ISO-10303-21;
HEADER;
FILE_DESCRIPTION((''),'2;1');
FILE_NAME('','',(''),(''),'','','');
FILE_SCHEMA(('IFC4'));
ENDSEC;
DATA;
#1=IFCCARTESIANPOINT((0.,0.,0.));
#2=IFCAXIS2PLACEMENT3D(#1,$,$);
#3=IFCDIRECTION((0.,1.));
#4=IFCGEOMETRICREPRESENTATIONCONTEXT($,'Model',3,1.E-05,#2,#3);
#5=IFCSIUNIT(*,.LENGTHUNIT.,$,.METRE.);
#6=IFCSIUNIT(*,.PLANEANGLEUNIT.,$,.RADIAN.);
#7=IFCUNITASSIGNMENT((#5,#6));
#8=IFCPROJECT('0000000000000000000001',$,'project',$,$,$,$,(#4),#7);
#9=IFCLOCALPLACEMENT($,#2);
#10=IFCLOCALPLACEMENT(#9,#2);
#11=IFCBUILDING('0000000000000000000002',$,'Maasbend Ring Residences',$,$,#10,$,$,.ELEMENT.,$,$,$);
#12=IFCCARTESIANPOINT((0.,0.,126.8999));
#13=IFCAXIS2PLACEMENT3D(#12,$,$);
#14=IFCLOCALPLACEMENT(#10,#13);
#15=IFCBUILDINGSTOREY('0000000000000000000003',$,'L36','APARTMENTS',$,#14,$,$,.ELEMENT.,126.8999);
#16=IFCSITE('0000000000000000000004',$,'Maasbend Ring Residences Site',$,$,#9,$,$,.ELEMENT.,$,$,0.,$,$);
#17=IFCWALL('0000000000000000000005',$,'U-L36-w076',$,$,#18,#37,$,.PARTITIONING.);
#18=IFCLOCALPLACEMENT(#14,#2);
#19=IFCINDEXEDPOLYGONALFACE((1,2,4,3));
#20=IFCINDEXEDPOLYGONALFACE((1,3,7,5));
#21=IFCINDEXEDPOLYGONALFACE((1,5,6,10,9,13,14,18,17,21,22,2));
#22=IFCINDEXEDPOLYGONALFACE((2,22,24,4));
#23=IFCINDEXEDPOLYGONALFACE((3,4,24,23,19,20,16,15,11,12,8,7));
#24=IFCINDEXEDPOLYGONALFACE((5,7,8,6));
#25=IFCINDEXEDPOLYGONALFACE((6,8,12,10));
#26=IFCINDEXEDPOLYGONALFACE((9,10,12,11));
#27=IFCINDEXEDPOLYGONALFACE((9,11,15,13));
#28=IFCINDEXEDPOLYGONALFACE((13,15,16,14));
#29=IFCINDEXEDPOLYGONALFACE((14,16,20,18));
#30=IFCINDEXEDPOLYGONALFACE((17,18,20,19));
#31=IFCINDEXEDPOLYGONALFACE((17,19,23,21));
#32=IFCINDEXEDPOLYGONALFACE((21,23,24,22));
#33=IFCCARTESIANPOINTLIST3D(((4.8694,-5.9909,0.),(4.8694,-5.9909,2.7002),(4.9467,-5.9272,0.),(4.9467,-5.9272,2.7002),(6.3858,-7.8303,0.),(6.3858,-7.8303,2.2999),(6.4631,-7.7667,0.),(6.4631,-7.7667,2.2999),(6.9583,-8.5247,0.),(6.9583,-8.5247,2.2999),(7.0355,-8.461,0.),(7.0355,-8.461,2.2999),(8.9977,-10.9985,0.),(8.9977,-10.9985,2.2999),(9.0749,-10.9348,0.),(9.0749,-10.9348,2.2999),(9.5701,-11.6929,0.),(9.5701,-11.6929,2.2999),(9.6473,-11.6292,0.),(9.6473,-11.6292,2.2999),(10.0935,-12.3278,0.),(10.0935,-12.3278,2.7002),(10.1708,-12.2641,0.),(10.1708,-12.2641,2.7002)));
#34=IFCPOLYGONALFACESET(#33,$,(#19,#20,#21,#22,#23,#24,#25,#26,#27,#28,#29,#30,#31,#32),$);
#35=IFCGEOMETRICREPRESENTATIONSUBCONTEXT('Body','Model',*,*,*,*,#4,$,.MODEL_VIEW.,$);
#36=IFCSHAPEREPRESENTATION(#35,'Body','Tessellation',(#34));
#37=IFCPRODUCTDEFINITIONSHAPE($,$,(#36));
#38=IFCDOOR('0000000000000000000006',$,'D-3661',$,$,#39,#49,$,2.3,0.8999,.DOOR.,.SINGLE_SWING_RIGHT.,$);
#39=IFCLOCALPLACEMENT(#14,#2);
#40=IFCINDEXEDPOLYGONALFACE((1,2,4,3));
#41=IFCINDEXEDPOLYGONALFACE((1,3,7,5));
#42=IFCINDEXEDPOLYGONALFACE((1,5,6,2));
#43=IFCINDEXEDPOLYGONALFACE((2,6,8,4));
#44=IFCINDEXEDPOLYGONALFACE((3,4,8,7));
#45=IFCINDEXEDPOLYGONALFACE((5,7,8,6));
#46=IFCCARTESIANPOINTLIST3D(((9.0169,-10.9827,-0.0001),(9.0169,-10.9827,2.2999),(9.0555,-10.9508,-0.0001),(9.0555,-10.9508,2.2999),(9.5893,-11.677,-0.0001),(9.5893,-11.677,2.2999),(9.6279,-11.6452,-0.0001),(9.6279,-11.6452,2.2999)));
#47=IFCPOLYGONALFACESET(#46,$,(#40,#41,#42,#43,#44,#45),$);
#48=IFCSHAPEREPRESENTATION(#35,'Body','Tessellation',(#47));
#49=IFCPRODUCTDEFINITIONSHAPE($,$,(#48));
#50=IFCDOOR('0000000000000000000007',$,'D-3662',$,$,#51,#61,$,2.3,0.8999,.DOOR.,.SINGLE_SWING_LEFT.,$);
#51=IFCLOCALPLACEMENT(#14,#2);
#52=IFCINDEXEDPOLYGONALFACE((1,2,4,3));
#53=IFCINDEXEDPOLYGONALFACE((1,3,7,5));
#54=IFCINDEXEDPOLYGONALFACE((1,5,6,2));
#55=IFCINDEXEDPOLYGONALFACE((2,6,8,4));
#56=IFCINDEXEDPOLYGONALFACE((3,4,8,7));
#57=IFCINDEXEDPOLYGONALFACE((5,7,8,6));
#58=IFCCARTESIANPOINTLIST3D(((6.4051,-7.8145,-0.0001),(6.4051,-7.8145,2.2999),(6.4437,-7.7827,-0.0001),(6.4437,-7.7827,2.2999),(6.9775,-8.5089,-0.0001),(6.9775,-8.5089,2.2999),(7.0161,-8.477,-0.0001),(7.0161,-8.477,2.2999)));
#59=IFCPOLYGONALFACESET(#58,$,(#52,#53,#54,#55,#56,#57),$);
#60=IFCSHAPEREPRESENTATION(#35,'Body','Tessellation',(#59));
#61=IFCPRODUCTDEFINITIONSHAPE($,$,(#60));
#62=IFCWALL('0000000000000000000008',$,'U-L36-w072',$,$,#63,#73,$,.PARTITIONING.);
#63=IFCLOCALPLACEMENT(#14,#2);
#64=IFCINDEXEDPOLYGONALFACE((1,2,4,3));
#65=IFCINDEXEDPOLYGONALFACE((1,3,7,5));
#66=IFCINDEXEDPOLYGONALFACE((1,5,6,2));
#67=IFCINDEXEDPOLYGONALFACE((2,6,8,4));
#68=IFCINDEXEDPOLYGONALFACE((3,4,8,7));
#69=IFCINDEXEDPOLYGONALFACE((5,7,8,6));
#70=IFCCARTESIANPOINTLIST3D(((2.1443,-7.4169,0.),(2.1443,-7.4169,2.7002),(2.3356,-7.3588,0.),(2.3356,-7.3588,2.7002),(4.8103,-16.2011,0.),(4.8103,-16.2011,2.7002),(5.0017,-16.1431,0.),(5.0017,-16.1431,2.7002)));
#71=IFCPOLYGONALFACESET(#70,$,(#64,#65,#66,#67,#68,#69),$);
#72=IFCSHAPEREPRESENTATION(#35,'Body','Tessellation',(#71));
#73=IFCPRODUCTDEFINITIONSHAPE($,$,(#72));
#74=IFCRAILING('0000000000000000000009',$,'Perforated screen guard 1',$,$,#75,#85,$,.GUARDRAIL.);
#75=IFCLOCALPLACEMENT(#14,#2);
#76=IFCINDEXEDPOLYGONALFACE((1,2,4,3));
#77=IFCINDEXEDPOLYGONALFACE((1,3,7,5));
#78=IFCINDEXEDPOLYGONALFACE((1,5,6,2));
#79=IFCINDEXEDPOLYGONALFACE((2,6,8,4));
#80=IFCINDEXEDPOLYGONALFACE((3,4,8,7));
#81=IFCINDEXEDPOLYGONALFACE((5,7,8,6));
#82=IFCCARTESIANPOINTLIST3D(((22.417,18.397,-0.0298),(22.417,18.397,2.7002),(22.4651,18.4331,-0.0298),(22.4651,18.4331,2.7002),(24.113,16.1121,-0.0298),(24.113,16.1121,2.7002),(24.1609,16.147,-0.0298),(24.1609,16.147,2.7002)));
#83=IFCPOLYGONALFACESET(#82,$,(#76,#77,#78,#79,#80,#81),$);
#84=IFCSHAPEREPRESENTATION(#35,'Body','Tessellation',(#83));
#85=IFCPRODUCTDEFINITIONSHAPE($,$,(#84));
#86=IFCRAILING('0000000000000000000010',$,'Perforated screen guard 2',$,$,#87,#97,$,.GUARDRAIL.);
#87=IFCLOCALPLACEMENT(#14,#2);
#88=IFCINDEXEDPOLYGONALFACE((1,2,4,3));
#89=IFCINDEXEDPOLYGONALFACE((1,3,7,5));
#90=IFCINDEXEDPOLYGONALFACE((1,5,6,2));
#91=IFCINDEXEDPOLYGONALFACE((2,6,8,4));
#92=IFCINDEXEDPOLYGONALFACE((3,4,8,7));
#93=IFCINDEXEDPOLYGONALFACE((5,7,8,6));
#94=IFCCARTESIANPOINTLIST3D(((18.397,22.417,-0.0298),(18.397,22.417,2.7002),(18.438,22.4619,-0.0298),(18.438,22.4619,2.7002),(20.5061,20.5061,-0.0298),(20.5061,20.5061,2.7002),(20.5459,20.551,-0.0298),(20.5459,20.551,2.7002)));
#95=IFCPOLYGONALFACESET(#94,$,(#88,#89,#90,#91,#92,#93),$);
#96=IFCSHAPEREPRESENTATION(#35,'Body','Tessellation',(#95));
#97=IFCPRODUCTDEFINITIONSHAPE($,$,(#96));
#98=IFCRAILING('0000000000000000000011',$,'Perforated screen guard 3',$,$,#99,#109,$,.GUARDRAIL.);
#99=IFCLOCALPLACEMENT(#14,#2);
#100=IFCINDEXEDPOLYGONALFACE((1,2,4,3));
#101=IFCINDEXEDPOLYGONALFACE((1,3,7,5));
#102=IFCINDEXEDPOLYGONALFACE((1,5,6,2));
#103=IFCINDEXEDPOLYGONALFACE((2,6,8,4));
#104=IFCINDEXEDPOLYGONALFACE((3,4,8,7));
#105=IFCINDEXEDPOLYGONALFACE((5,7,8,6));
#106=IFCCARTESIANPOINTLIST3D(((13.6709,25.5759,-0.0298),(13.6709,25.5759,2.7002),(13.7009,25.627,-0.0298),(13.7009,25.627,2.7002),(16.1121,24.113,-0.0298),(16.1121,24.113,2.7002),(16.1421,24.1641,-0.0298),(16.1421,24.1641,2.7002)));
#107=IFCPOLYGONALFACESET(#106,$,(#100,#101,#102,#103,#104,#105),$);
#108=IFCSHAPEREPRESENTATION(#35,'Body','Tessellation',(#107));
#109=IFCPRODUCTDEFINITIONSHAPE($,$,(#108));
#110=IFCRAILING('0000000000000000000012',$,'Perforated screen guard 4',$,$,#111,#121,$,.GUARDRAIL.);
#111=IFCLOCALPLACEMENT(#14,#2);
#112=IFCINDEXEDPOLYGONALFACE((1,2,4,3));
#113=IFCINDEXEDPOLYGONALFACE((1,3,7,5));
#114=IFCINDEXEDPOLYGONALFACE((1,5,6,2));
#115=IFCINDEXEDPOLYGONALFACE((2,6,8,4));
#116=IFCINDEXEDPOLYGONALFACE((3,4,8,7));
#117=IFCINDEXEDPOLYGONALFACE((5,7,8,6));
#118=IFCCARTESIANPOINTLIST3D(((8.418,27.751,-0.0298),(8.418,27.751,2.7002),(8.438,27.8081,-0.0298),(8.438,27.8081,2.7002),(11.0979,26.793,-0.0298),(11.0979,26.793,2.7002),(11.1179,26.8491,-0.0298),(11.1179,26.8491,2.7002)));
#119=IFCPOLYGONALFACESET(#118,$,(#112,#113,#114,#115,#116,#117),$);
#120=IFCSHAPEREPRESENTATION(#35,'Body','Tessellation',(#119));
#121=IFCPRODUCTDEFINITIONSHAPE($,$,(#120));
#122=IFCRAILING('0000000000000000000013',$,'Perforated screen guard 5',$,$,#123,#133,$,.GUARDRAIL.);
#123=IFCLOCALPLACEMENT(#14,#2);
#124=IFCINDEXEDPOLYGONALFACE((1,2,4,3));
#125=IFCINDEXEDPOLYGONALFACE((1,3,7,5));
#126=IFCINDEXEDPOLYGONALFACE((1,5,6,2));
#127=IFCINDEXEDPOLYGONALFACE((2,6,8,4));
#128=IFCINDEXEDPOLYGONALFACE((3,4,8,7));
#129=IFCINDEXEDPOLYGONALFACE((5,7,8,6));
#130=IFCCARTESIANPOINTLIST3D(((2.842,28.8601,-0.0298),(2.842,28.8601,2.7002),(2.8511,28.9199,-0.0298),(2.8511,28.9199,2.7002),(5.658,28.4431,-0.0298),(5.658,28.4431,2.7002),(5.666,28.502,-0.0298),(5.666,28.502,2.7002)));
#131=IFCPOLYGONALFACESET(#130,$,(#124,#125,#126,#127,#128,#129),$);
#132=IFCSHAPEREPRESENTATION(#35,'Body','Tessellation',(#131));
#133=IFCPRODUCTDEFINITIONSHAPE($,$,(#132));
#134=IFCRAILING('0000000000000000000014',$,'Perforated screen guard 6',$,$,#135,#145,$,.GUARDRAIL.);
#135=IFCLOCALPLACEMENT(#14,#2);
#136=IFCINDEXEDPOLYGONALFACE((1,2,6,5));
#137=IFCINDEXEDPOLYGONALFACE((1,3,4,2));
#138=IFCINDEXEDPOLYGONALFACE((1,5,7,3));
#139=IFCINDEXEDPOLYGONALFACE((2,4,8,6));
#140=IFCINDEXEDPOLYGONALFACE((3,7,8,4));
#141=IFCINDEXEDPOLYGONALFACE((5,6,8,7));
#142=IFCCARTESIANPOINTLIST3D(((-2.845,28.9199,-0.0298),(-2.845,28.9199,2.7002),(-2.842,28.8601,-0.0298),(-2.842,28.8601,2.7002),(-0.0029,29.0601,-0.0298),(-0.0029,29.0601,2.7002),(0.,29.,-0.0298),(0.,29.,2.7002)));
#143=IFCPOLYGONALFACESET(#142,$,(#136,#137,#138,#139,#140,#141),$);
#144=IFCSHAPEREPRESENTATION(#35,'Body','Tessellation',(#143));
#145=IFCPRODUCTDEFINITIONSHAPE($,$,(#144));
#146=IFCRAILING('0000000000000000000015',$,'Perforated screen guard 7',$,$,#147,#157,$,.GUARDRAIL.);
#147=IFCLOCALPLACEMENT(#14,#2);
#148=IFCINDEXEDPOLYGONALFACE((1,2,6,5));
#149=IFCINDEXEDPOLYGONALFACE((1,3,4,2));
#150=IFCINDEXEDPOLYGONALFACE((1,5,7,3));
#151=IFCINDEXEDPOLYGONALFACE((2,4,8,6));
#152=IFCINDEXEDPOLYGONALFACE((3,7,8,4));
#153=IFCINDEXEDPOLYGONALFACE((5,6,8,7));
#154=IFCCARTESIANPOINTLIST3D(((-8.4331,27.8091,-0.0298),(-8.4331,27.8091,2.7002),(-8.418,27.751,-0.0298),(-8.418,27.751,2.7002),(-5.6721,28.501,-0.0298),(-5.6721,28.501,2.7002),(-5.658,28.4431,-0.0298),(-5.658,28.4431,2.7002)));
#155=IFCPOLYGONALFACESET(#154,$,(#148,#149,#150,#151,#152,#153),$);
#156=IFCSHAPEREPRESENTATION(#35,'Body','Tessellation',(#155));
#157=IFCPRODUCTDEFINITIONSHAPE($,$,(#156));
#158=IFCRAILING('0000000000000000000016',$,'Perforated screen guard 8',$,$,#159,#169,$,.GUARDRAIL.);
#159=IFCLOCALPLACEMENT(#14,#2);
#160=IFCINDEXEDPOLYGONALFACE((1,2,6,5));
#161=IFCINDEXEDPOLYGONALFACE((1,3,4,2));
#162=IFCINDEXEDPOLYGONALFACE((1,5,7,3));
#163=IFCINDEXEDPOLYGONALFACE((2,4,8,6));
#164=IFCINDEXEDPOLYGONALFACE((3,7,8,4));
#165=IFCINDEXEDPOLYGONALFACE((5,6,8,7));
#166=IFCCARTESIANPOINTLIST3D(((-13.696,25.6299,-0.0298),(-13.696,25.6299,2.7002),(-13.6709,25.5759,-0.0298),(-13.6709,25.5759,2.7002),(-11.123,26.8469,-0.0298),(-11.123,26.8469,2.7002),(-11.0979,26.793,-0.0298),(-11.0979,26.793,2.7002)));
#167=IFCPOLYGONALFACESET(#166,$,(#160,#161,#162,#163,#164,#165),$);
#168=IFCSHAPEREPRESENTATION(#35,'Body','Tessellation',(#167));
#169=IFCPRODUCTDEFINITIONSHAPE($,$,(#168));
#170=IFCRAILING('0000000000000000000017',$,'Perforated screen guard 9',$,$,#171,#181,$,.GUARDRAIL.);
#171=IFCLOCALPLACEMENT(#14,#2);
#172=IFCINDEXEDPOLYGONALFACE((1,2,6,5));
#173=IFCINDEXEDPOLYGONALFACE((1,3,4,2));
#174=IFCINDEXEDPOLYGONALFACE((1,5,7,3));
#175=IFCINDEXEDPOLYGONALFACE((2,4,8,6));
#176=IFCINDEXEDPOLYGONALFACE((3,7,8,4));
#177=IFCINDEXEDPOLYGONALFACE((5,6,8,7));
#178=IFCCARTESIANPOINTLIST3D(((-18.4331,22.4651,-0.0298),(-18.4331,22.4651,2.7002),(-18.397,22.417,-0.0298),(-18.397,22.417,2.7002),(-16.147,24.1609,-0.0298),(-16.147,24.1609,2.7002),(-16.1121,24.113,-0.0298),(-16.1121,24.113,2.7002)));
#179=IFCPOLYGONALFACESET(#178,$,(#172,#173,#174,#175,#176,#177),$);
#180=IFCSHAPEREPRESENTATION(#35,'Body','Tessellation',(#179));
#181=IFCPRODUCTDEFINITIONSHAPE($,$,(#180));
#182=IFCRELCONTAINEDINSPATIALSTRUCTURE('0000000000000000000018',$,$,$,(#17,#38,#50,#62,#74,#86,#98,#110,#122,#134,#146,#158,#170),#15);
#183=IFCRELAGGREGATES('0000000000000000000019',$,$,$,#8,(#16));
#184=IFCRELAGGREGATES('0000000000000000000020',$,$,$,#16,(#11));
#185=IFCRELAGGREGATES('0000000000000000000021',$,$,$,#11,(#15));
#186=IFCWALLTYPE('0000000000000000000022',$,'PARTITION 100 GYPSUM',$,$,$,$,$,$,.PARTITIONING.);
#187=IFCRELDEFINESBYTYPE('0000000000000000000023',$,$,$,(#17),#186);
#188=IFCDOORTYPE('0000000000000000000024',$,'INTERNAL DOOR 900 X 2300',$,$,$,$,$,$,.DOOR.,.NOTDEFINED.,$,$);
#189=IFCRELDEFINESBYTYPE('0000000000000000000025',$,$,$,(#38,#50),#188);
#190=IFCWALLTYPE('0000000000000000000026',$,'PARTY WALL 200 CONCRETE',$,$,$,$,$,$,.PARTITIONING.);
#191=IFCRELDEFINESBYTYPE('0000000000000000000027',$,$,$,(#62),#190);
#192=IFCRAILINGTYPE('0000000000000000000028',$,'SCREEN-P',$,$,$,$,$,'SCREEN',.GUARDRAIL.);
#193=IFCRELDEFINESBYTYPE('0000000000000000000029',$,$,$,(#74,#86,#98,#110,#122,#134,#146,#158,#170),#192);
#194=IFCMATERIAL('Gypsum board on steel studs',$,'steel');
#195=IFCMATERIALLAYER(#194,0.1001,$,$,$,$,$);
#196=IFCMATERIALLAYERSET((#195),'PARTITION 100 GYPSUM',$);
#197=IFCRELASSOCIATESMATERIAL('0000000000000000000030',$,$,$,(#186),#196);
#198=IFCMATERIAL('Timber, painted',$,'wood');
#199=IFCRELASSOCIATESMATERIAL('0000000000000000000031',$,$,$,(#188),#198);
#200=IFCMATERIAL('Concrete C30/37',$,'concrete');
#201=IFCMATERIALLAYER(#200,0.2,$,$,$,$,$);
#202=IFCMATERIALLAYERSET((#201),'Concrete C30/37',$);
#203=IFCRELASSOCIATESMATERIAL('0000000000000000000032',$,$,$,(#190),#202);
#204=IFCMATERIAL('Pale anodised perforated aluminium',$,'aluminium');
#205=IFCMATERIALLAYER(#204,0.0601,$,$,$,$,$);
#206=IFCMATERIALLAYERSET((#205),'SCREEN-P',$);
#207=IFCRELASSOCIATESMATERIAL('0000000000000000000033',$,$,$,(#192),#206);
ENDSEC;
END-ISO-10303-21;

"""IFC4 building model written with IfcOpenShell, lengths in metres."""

from ifc_helpers import new_model, si_unit, direction, frame, frame_2d, origin, place, context, subcontext, project, spatial, polyline, rectangle, outline, extrude, material, layer, layer_set, type_object, element, fill, save


model = new_model("IFC4")

# Units and contexts
model_context = context("Model", 3, precision=1e-05, world=origin(), true_north=direction((0.0, 1.0)))
body_context = subcontext(model_context, "Body", "Model", "MODEL_VIEW")
ifc_project = project(units=[si_unit("LENGTHUNIT", "METRE"), si_unit("PLANEANGLEUNIT", "RADIAN")], contexts=[model_context])

# Site, building, storey
site_placement = place(None, origin())
site = spatial("IfcSite", under=ifc_project, at=site_placement, Name="Maasbend Ring Residences Site", CompositionType="ELEMENT", RefElevation=0.0)
building_placement = place(site_placement, origin())
building = spatial("IfcBuilding", under=site, at=building_placement, Name="Maasbend Ring Residences", CompositionType="ELEMENT")
storey_placement = place(building_placement, frame((0.0, 0.0, 126.8999)))
storey = spatial("IfcBuildingStorey", under=building, at=storey_placement, Name="L36", Description="APARTMENTS", CompositionType="ELEMENT", Elevation=126.8999)

# Wall, openings, doors
ifc_material_1 = material(Name="Gypsum board on steel studs", Category="steel")
ifc_layer_1 = layer(ifc_material_1, 0.1001)
ifc_layer_set_1 = layer_set([ifc_layer_1], Name="PARTITION 100 GYPSUM")
wall_type_1 = type_object("IfcWallType", Name="PARTITION 100 GYPSUM", PredefinedType="PARTITIONING", material=ifc_layer_set_1)
wall_1_placement = place(storey_placement, frame((4.908, -5.959, 0.0), z_axis=(0.0, 0.0, 1.0), x_axis=(0.636105, -0.771602, 0.0)))
wall_1 = element("IfcWall", 1, at=wall_1_placement, inside=storey, type_object=wall_type_1, Name="U-L36-w076", PredefinedType="PARTITIONING", context=body_context, shape_type="SweptSolid", body=[
    extrude(rectangle(XDim=8.2126, YDim=0.1001, at=frame_2d((4.1064, 0.0))), origin(), (0.0, 0.0, 1.0), 2.7002),
])
opening_1_placement = place(wall_1_placement, frame((6.49, 0.0, 0.0)))
opening_1 = element("IfcOpeningElement", 2, at=opening_1_placement, cuts=wall_1, PredefinedType="OPENING", context=body_context, shape_type="SweptSolid", body=[
    extrude(rectangle(XDim=0.8999, YDim=2.3, at=frame_2d((0.45, 1.1499))), frame((0.0, 0.0601, 0.0), z_axis=(0.0, -1.0, 0.0), x_axis=(1.0, 0.0, 0.0)), (0.0, 0.0, 1.0), 0.1201),
])
opening_2_placement = place(wall_1_placement, frame((2.384, 0.0, 0.0)))
opening_2 = element("IfcOpeningElement", 3, at=opening_2_placement, cuts=wall_1, PredefinedType="OPENING", context=body_context, shape_type="SweptSolid", body=[
    extrude(rectangle(XDim=0.8999, YDim=2.3, at=frame_2d((0.45, 1.1499))), frame((0.0, 0.0601, 0.0), z_axis=(0.0, -1.0, 0.0), x_axis=(1.0, 0.0, 0.0)), (0.0, 0.0, 1.0), 0.1201),
])
ifc_material_2 = material(Name="Timber, painted", Category="wood")
door_type = type_object("IfcDoorType", Name="INTERNAL DOOR 900 X 2300", OperationType="NOTDEFINED", PredefinedType="DOOR", material=ifc_material_2)
door_1_placement = place(opening_1_placement, origin())
door_1 = element("IfcDoor", 4, at=door_1_placement, inside=storey, type_object=door_type, Name="D-3661", OperationType="SINGLE_SWING_RIGHT", OverallHeight=2.3, OverallWidth=0.8999, PredefinedType="DOOR", context=body_context, shape_type="SweptSolid", body=[
    extrude(rectangle(XDim=0.8999, YDim=2.3, at=frame_2d((0.45, 1.1499))), frame((0.0, 0.0249, 0.0), z_axis=(0.0, -1.0, 0.0), x_axis=(1.0, 0.0, 0.0)), (0.0, 0.0, 1.0), 0.05),
])
fill(opening_1, door_1)
door_2_placement = place(opening_2_placement, origin())
door_2 = element("IfcDoor", 5, at=door_2_placement, inside=storey, type_object=door_type, Name="D-3662", OperationType="SINGLE_SWING_LEFT", OverallHeight=2.3, OverallWidth=0.8999, PredefinedType="DOOR", context=body_context, shape_type="SweptSolid", body=[
    extrude(rectangle(XDim=0.8999, YDim=2.3, at=frame_2d((0.45, 1.1499))), frame((0.0, 0.0249, 0.0), z_axis=(0.0, -1.0, 0.0), x_axis=(1.0, 0.0, 0.0)), (0.0, 0.0, 1.0), 0.05),
])
fill(opening_2, door_2)

# Wall
ifc_material_3 = material(Name="Concrete C30/37", Category="concrete")
ifc_layer_2 = layer(ifc_material_3, 0.2)
ifc_layer_set_2 = layer_set([ifc_layer_2], Name="Concrete C30/37")
wall_type_2 = type_object("IfcWallType", Name="PARTY WALL 200 CONCRETE", PredefinedType="PARTITIONING", material=ifc_layer_set_2)
wall_2_placement = place(storey_placement, frame((2.24, -7.3879, 0.0), z_axis=(0.0, 0.0, 1.0), x_axis=(0.290421, -0.956899, 0.0)))
element("IfcWall", 6, at=wall_2_placement, inside=storey, type_object=wall_type_2, Name="U-L36-w072", PredefinedType="PARTITIONING", context=body_context, shape_type="SweptSolid", body=[
    extrude(rectangle(XDim=9.1799, YDim=0.2, at=frame_2d((4.5898, 0.0))), origin(), (0.0, 0.0, 1.0), 2.7002),
])

# Railings
ifc_material_4 = material(Name="Pale anodised perforated aluminium", Category="aluminium")
ifc_layer_3 = layer(ifc_material_4, 0.0601)
ifc_layer_set_3 = layer_set([ifc_layer_3], Name="SCREEN-P")
railing_type = type_object("IfcRailingType", Name="SCREEN-P", ElementType="SCREEN", PredefinedType="GUARDRAIL", material=ifc_layer_set_3)
railing_1_placement = place(storey_placement, frame((0.0, 0.0, -0.0298)))
element("IfcRailing", 7, at=railing_1_placement, inside=storey, type_object=railing_type, Name="Perforated screen guard 1", PredefinedType="GUARDRAIL", context=body_context, shape_type="SweptSolid", body=[
    extrude(outline(polyline([(24.113, 16.1121), (22.417, 18.397), (22.4651, 18.4331), (24.1609, 16.147), (24.113, 16.1121)])), origin(), (0.0, 0.0, 1.0), 2.73),
])
railing_2_placement = place(storey_placement, frame((0.0, 0.0, -0.0298)))
element("IfcRailing", 8, at=railing_2_placement, inside=storey, type_object=railing_type, Name="Perforated screen guard 2", PredefinedType="GUARDRAIL", context=body_context, shape_type="SweptSolid", body=[
    extrude(outline(polyline([(20.5061, 20.5061), (18.397, 22.417), (18.438, 22.4619), (20.5459, 20.551), (20.5061, 20.5061)])), origin(), (0.0, 0.0, 1.0), 2.73),
])
railing_3_placement = place(storey_placement, frame((0.0, 0.0, -0.0298)))
element("IfcRailing", 9, at=railing_3_placement, inside=storey, type_object=railing_type, Name="Perforated screen guard 3", PredefinedType="GUARDRAIL", context=body_context, shape_type="SweptSolid", body=[
    extrude(outline(polyline([(16.1121, 24.113), (13.6709, 25.5759), (13.7009, 25.627), (16.1421, 24.1641), (16.1121, 24.113)])), origin(), (0.0, 0.0, 1.0), 2.73),
])
railing_4_placement = place(storey_placement, frame((0.0, 0.0, -0.0298)))
element("IfcRailing", 10, at=railing_4_placement, inside=storey, type_object=railing_type, Name="Perforated screen guard 4", PredefinedType="GUARDRAIL", context=body_context, shape_type="SweptSolid", body=[
    extrude(outline(polyline([(11.0979, 26.793), (8.418, 27.751), (8.438, 27.8081), (11.1179, 26.8491), (11.0979, 26.793)])), origin(), (0.0, 0.0, 1.0), 2.73),
])
railing_5_placement = place(storey_placement, frame((0.0, 0.0, -0.0298)))
element("IfcRailing", 11, at=railing_5_placement, inside=storey, type_object=railing_type, Name="Perforated screen guard 5", PredefinedType="GUARDRAIL", context=body_context, shape_type="SweptSolid", body=[
    extrude(outline(polyline([(5.658, 28.4431), (2.842, 28.8601), (2.8511, 28.9199), (5.666, 28.502), (5.658, 28.4431)])), origin(), (0.0, 0.0, 1.0), 2.73),
])
railing_6_placement = place(storey_placement, frame((0.0, 0.0, -0.0298)))
element("IfcRailing", 12, at=railing_6_placement, inside=storey, type_object=railing_type, Name="Perforated screen guard 6", PredefinedType="GUARDRAIL", context=body_context, shape_type="SweptSolid", body=[
    extrude(outline(polyline([(0.0, 29.0), (-2.842, 28.8601), (-2.845, 28.9199), (-0.0029, 29.0601), (0.0, 29.0)])), origin(), (0.0, 0.0, 1.0), 2.73),
])
railing_7_placement = place(storey_placement, frame((0.0, 0.0, -0.0298)))
element("IfcRailing", 13, at=railing_7_placement, inside=storey, type_object=railing_type, Name="Perforated screen guard 7", PredefinedType="GUARDRAIL", context=body_context, shape_type="SweptSolid", body=[
    extrude(outline(polyline([(-5.658, 28.4431), (-8.418, 27.751), (-8.4331, 27.8091), (-5.6721, 28.501), (-5.658, 28.4431)])), origin(), (0.0, 0.0, 1.0), 2.73),
])
railing_8_placement = place(storey_placement, frame((0.0, 0.0, -0.0298)))
element("IfcRailing", 14, at=railing_8_placement, inside=storey, type_object=railing_type, Name="Perforated screen guard 8", PredefinedType="GUARDRAIL", context=body_context, shape_type="SweptSolid", body=[
    extrude(outline(polyline([(-11.0979, 26.793), (-13.6709, 25.5759), (-13.696, 25.6299), (-11.123, 26.8469), (-11.0979, 26.793)])), origin(), (0.0, 0.0, 1.0), 2.73),
])
railing_9_placement = place(storey_placement, frame((0.0, 0.0, -0.0298)))
element("IfcRailing", 15, at=railing_9_placement, inside=storey, type_object=railing_type, Name="Perforated screen guard 9", PredefinedType="GUARDRAIL", context=body_context, shape_type="SweptSolid", body=[
    extrude(outline(polyline([(-16.1121, 24.113), (-18.397, 22.417), (-18.4331, 22.4651), (-16.147, 24.1609), (-16.1121, 24.113)])), origin(), (0.0, 0.0, 1.0), 2.73),
])

save(model, "model.ifc")
